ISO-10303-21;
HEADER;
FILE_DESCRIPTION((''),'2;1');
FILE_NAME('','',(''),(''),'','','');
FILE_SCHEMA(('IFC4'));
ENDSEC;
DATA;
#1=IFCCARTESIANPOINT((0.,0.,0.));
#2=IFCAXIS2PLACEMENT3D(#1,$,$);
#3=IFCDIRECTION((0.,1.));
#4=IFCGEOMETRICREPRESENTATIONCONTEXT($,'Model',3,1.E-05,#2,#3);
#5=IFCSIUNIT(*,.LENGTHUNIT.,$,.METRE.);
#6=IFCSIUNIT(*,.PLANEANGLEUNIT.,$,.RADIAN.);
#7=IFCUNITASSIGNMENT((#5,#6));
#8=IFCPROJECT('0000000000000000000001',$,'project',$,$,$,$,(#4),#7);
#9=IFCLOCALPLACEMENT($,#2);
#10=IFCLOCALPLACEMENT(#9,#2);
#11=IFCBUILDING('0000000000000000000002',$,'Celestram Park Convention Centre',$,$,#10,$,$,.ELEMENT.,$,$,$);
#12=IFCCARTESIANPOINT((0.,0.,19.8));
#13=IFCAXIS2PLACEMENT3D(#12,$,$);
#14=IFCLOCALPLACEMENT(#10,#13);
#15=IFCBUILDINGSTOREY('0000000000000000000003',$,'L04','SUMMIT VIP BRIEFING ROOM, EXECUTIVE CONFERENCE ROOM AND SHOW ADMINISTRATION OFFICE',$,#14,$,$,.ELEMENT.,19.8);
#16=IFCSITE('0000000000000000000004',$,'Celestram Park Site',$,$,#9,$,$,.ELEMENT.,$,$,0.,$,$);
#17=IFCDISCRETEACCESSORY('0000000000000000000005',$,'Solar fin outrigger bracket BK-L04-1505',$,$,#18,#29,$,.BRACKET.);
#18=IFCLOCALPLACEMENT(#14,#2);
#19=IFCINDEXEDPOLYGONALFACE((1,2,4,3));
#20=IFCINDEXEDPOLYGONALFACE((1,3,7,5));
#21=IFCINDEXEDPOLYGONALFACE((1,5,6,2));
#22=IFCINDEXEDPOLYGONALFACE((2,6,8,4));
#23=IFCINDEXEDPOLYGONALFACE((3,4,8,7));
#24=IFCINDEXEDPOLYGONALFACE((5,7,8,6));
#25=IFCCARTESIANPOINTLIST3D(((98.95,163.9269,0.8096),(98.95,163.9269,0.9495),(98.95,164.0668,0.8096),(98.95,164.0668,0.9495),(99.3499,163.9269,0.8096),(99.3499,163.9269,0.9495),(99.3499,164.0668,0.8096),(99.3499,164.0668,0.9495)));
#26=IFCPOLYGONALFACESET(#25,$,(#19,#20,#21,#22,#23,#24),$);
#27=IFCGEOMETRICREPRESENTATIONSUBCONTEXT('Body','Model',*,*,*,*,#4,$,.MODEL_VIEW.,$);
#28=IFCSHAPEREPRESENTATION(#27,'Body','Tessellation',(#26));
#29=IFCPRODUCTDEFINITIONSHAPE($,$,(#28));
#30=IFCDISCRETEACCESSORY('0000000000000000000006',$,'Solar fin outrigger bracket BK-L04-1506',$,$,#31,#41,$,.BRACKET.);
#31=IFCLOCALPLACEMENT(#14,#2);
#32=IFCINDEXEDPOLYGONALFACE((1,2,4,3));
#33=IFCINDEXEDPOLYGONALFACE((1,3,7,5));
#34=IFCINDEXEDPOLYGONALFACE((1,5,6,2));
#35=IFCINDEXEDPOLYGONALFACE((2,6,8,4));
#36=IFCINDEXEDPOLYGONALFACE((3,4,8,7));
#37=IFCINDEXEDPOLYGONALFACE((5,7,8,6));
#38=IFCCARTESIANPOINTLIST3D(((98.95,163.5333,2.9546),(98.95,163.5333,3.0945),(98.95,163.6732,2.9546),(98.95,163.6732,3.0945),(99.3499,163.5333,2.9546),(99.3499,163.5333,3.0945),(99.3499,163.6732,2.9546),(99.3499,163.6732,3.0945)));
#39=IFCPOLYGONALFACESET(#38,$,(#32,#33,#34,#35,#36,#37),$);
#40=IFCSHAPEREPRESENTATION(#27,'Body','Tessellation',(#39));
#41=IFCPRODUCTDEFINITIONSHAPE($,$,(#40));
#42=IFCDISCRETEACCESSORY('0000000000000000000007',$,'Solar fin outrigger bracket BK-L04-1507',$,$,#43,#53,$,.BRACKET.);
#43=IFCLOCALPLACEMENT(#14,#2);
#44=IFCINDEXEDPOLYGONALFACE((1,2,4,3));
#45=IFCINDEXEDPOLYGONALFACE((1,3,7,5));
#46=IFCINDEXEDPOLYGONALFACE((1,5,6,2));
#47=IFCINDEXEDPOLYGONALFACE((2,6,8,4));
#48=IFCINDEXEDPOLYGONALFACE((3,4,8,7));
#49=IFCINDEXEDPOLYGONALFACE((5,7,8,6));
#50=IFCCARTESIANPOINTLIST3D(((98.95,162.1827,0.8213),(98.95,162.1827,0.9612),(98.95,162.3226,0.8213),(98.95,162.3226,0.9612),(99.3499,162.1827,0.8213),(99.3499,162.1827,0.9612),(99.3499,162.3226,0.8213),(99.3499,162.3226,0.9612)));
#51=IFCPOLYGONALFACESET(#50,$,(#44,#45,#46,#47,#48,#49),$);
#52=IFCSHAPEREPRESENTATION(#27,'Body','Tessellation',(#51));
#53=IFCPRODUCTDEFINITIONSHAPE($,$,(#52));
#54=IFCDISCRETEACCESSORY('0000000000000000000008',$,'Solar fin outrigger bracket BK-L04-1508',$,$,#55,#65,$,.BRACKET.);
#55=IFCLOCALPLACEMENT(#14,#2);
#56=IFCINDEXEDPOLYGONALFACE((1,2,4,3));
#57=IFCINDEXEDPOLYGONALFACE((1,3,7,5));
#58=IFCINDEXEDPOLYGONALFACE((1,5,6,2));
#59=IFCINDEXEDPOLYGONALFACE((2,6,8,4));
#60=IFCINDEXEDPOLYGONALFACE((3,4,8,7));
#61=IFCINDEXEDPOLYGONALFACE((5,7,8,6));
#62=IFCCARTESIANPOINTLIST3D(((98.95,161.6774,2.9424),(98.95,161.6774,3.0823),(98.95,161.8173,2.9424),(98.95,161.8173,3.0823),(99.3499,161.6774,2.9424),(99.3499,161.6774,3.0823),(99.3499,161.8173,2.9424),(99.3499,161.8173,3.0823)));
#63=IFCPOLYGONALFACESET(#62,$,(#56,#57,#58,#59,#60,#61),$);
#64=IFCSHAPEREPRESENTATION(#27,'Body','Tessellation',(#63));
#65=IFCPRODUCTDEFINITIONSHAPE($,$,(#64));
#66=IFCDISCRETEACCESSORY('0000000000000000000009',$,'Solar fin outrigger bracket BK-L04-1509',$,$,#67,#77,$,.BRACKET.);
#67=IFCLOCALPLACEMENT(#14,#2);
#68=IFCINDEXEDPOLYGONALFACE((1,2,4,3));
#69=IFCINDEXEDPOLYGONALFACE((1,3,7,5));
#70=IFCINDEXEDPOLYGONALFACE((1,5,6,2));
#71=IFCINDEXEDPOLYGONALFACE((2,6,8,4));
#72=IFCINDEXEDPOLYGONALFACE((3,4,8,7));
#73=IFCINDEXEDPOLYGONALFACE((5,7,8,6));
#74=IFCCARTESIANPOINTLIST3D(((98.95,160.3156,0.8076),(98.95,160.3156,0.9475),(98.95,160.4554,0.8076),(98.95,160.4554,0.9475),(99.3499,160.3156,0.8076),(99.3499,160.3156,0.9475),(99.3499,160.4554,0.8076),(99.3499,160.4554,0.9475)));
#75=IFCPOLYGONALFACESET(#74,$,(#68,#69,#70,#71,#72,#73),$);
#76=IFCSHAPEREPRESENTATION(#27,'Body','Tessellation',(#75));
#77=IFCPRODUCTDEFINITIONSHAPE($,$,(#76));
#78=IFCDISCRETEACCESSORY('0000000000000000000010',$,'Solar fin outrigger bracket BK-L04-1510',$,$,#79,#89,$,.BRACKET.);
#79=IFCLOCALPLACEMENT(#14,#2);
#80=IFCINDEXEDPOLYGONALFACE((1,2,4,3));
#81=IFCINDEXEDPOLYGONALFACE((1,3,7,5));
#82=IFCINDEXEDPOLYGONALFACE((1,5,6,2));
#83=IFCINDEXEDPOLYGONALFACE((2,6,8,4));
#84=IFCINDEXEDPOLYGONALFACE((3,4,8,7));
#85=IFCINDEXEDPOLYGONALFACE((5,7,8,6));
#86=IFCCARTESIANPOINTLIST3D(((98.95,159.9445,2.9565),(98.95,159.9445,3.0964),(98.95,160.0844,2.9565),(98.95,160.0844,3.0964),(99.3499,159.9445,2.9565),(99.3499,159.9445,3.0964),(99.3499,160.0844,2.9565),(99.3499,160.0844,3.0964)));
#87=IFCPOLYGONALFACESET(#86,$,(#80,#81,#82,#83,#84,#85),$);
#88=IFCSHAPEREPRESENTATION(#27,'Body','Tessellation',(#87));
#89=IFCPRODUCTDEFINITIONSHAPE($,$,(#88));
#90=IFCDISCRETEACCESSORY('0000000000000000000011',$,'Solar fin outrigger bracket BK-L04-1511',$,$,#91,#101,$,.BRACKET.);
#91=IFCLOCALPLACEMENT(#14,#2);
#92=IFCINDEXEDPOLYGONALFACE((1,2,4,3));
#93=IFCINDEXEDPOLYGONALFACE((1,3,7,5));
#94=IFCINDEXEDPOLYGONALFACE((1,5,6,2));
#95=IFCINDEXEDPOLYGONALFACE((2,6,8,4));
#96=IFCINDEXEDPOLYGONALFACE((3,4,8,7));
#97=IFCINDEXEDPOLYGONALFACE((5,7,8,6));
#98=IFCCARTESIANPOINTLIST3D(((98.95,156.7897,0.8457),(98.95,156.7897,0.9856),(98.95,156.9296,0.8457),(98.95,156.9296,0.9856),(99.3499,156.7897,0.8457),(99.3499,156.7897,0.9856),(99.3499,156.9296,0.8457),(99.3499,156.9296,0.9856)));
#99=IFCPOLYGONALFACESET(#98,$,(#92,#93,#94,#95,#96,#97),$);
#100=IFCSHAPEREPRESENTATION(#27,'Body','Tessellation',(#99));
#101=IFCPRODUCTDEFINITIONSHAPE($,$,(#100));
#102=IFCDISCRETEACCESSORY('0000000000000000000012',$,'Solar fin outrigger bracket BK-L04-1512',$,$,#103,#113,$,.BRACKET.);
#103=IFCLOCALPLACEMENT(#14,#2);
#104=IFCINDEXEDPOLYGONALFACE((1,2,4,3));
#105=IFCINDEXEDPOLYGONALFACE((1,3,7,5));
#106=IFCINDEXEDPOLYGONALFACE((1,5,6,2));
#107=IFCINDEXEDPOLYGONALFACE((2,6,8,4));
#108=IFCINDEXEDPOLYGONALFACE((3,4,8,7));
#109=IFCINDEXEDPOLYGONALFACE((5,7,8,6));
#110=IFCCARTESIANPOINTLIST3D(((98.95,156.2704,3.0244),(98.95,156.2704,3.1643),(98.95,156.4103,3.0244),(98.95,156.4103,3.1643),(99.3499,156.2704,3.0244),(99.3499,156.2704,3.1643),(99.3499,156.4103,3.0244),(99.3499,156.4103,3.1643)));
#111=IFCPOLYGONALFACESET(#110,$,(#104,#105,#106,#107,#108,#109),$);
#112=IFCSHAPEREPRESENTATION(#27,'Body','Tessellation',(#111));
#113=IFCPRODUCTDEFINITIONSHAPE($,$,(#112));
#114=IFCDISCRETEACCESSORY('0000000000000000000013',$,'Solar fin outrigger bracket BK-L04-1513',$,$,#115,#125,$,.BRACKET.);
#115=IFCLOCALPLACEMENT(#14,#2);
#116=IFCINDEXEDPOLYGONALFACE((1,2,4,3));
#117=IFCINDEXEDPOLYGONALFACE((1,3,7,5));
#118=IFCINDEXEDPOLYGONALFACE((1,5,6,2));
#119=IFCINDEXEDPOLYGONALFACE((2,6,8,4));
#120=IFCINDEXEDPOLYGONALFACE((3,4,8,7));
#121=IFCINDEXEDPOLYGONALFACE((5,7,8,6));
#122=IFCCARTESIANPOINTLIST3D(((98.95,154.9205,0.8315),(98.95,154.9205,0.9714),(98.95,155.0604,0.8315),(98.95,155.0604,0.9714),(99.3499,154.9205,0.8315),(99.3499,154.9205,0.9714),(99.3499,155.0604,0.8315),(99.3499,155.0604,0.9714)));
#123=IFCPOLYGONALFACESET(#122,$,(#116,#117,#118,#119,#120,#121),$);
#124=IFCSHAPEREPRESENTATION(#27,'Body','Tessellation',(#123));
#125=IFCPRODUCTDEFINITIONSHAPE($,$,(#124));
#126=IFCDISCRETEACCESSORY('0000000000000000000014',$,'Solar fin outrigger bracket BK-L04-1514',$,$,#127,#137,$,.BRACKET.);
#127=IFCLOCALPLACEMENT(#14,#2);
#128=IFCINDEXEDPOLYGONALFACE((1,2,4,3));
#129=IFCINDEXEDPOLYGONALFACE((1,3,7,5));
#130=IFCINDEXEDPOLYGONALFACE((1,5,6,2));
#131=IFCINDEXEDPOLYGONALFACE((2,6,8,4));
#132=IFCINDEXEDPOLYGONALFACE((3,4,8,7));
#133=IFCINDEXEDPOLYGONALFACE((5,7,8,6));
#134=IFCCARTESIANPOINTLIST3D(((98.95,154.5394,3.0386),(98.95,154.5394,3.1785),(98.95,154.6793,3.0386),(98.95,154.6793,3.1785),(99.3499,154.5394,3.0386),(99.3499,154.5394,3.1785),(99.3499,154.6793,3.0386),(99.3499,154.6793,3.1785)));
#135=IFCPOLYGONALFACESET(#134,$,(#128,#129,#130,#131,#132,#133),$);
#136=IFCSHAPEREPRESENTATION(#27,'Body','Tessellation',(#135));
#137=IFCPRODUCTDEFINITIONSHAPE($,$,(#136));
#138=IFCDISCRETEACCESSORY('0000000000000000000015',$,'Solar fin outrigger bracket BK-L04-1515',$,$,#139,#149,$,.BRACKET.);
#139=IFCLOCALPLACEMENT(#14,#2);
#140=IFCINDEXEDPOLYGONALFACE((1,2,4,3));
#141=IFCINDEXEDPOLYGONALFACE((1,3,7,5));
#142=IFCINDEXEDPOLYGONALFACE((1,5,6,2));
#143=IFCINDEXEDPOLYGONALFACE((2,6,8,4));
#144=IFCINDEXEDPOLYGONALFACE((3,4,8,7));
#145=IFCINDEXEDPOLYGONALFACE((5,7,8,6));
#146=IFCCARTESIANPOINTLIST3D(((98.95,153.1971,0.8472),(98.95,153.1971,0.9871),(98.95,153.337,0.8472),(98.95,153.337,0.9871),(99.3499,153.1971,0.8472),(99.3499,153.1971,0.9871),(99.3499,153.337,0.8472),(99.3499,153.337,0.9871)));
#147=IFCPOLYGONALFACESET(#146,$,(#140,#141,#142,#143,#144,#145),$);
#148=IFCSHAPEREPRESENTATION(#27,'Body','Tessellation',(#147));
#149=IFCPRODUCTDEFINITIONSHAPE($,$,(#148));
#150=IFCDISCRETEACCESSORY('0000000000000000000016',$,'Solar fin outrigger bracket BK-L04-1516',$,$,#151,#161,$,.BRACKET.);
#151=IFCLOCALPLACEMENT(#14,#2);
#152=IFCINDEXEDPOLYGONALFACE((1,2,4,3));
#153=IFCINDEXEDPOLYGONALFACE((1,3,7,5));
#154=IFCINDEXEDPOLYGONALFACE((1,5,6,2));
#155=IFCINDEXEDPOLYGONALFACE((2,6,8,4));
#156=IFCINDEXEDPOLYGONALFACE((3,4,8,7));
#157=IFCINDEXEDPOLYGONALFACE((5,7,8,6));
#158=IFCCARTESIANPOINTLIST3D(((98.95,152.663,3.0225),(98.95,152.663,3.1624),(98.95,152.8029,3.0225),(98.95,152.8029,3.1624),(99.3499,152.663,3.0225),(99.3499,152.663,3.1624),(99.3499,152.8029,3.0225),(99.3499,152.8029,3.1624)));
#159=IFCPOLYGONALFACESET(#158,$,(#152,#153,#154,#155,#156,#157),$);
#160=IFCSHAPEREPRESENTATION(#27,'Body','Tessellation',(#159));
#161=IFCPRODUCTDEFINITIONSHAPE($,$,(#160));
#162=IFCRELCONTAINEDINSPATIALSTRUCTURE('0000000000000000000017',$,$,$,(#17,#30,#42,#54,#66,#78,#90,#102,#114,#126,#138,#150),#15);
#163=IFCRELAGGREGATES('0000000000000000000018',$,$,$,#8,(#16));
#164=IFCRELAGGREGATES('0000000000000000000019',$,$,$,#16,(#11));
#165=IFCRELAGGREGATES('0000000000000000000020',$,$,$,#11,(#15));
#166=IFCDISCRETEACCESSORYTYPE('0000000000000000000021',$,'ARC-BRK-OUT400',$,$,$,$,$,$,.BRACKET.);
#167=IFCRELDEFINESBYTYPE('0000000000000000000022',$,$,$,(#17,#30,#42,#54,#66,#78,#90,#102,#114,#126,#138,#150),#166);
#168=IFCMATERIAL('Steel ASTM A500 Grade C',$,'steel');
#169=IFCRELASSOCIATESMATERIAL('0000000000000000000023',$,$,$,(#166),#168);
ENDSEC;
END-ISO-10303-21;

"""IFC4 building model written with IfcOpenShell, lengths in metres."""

from ifc_helpers import new_model, si_unit, direction, frame, origin, origin_2d, place, context, subcontext, project, spatial, rectangle, extrude, material, type_object, element, save


model = new_model("IFC4")

# Units and contexts
model_context = context("Model", 3, precision=1e-05, world=origin(), true_north=direction((0.0, 1.0)))
body_context = subcontext(model_context, "Body", "Model", "MODEL_VIEW")
ifc_project = project(units=[si_unit("LENGTHUNIT", "METRE"), si_unit("PLANEANGLEUNIT", "RADIAN")], contexts=[model_context])

# Site, building, storey
site_placement = place(None, origin())
site = spatial("IfcSite", under=ifc_project, at=site_placement, Name="Celestram Park Site", CompositionType="ELEMENT", RefElevation=0.0)
building_placement = place(site_placement, origin())
building = spatial("IfcBuilding", under=site, at=building_placement, Name="Celestram Park Convention Centre", CompositionType="ELEMENT")
storey_placement = place(building_placement, frame((0.0, 0.0, 19.8)))
storey = spatial("IfcBuildingStorey", under=building, at=storey_placement, Name="L04", Description="SUMMIT VIP BRIEFING ROOM, EXECUTIVE CONFERENCE ROOM AND SHOW ADMINISTRATION OFFICE", CompositionType="ELEMENT", Elevation=19.8)

# Discrete accessories
ifc_material_1 = material(Name="Steel ASTM A500 Grade C", Category="steel")
discrete_accessory_type = type_object("IfcDiscreteAccessoryType", Name="ARC-BRK-OUT400", PredefinedType="BRACKET", material=ifc_material_1)
for number, where, z_axis, x_axis, name in (
    (1, (99.1499, 163.9968, 0.8096), (0.0, 0.0, 1.0), (1.0, 0.0, 0.0), "Solar fin outrigger bracket BK-L04-1505"),
    (2, (99.1499, 163.6033, 2.9546), (0.0, 0.0, 1.0), (1.0, 0.0, 0.0), "Solar fin outrigger bracket BK-L04-1506"),
    (3, (99.1499, 162.2527, 0.8213), (0.0, 0.0, 1.0), (1.0, 0.0, 0.0), "Solar fin outrigger bracket BK-L04-1507"),
    (4, (99.1499, 161.7473, 2.9424), (0.0, 0.0, 1.0), (1.0, 0.0, 0.0), "Solar fin outrigger bracket BK-L04-1508"),
    (5, (99.1499, 160.3855, 0.8076), (0.0, 0.0, 1.0), (1.0, 0.0, 0.0), "Solar fin outrigger bracket BK-L04-1509"),
    (6, (99.1499, 160.0144, 2.9565), (0.0, 0.0, 1.0), (1.0, 0.0, 0.0), "Solar fin outrigger bracket BK-L04-1510"),
    (7, (99.1499, 156.8596, 0.8457), (0.0, 0.0, 1.0), (1.0, 0.0, 0.0), "Solar fin outrigger bracket BK-L04-1511"),
    (8, (99.1499, 156.3403, 3.0244), (0.0, 0.0, 1.0), (1.0, 0.0, 0.0), "Solar fin outrigger bracket BK-L04-1512"),
    (9, (99.1499, 154.9905, 0.8315), (0.0, 0.0, 1.0), (1.0, 0.0, 0.0), "Solar fin outrigger bracket BK-L04-1513"),
    (10, (99.1499, 154.6094, 3.0386), (0.0, 0.0, 1.0), (1.0, 0.0, 0.0), "Solar fin outrigger bracket BK-L04-1514"),
    (11, (99.1499, 153.2671, 0.8472), (0.0, 0.0, 1.0), (1.0, 0.0, 0.0), "Solar fin outrigger bracket BK-L04-1515"),
    (12, (99.1499, 152.7329, 3.0225), (0.0, 0.0, 1.0), (1.0, 0.0, 0.0), "Solar fin outrigger bracket BK-L04-1516"),
):
    element("IfcDiscreteAccessory", number, at=place(storey_placement, frame(where, z_axis=z_axis, x_axis=x_axis)), inside=storey, type_object=discrete_accessory_type, Name=name, PredefinedType="BRACKET", context=body_context, shape_type="SweptSolid", body=[
        extrude(rectangle(XDim=0.3999, YDim=0.1399, at=origin_2d()), origin(), (0.0, 0.0, 1.0), 0.1399),
    ])

save(model, "model.ifc")
